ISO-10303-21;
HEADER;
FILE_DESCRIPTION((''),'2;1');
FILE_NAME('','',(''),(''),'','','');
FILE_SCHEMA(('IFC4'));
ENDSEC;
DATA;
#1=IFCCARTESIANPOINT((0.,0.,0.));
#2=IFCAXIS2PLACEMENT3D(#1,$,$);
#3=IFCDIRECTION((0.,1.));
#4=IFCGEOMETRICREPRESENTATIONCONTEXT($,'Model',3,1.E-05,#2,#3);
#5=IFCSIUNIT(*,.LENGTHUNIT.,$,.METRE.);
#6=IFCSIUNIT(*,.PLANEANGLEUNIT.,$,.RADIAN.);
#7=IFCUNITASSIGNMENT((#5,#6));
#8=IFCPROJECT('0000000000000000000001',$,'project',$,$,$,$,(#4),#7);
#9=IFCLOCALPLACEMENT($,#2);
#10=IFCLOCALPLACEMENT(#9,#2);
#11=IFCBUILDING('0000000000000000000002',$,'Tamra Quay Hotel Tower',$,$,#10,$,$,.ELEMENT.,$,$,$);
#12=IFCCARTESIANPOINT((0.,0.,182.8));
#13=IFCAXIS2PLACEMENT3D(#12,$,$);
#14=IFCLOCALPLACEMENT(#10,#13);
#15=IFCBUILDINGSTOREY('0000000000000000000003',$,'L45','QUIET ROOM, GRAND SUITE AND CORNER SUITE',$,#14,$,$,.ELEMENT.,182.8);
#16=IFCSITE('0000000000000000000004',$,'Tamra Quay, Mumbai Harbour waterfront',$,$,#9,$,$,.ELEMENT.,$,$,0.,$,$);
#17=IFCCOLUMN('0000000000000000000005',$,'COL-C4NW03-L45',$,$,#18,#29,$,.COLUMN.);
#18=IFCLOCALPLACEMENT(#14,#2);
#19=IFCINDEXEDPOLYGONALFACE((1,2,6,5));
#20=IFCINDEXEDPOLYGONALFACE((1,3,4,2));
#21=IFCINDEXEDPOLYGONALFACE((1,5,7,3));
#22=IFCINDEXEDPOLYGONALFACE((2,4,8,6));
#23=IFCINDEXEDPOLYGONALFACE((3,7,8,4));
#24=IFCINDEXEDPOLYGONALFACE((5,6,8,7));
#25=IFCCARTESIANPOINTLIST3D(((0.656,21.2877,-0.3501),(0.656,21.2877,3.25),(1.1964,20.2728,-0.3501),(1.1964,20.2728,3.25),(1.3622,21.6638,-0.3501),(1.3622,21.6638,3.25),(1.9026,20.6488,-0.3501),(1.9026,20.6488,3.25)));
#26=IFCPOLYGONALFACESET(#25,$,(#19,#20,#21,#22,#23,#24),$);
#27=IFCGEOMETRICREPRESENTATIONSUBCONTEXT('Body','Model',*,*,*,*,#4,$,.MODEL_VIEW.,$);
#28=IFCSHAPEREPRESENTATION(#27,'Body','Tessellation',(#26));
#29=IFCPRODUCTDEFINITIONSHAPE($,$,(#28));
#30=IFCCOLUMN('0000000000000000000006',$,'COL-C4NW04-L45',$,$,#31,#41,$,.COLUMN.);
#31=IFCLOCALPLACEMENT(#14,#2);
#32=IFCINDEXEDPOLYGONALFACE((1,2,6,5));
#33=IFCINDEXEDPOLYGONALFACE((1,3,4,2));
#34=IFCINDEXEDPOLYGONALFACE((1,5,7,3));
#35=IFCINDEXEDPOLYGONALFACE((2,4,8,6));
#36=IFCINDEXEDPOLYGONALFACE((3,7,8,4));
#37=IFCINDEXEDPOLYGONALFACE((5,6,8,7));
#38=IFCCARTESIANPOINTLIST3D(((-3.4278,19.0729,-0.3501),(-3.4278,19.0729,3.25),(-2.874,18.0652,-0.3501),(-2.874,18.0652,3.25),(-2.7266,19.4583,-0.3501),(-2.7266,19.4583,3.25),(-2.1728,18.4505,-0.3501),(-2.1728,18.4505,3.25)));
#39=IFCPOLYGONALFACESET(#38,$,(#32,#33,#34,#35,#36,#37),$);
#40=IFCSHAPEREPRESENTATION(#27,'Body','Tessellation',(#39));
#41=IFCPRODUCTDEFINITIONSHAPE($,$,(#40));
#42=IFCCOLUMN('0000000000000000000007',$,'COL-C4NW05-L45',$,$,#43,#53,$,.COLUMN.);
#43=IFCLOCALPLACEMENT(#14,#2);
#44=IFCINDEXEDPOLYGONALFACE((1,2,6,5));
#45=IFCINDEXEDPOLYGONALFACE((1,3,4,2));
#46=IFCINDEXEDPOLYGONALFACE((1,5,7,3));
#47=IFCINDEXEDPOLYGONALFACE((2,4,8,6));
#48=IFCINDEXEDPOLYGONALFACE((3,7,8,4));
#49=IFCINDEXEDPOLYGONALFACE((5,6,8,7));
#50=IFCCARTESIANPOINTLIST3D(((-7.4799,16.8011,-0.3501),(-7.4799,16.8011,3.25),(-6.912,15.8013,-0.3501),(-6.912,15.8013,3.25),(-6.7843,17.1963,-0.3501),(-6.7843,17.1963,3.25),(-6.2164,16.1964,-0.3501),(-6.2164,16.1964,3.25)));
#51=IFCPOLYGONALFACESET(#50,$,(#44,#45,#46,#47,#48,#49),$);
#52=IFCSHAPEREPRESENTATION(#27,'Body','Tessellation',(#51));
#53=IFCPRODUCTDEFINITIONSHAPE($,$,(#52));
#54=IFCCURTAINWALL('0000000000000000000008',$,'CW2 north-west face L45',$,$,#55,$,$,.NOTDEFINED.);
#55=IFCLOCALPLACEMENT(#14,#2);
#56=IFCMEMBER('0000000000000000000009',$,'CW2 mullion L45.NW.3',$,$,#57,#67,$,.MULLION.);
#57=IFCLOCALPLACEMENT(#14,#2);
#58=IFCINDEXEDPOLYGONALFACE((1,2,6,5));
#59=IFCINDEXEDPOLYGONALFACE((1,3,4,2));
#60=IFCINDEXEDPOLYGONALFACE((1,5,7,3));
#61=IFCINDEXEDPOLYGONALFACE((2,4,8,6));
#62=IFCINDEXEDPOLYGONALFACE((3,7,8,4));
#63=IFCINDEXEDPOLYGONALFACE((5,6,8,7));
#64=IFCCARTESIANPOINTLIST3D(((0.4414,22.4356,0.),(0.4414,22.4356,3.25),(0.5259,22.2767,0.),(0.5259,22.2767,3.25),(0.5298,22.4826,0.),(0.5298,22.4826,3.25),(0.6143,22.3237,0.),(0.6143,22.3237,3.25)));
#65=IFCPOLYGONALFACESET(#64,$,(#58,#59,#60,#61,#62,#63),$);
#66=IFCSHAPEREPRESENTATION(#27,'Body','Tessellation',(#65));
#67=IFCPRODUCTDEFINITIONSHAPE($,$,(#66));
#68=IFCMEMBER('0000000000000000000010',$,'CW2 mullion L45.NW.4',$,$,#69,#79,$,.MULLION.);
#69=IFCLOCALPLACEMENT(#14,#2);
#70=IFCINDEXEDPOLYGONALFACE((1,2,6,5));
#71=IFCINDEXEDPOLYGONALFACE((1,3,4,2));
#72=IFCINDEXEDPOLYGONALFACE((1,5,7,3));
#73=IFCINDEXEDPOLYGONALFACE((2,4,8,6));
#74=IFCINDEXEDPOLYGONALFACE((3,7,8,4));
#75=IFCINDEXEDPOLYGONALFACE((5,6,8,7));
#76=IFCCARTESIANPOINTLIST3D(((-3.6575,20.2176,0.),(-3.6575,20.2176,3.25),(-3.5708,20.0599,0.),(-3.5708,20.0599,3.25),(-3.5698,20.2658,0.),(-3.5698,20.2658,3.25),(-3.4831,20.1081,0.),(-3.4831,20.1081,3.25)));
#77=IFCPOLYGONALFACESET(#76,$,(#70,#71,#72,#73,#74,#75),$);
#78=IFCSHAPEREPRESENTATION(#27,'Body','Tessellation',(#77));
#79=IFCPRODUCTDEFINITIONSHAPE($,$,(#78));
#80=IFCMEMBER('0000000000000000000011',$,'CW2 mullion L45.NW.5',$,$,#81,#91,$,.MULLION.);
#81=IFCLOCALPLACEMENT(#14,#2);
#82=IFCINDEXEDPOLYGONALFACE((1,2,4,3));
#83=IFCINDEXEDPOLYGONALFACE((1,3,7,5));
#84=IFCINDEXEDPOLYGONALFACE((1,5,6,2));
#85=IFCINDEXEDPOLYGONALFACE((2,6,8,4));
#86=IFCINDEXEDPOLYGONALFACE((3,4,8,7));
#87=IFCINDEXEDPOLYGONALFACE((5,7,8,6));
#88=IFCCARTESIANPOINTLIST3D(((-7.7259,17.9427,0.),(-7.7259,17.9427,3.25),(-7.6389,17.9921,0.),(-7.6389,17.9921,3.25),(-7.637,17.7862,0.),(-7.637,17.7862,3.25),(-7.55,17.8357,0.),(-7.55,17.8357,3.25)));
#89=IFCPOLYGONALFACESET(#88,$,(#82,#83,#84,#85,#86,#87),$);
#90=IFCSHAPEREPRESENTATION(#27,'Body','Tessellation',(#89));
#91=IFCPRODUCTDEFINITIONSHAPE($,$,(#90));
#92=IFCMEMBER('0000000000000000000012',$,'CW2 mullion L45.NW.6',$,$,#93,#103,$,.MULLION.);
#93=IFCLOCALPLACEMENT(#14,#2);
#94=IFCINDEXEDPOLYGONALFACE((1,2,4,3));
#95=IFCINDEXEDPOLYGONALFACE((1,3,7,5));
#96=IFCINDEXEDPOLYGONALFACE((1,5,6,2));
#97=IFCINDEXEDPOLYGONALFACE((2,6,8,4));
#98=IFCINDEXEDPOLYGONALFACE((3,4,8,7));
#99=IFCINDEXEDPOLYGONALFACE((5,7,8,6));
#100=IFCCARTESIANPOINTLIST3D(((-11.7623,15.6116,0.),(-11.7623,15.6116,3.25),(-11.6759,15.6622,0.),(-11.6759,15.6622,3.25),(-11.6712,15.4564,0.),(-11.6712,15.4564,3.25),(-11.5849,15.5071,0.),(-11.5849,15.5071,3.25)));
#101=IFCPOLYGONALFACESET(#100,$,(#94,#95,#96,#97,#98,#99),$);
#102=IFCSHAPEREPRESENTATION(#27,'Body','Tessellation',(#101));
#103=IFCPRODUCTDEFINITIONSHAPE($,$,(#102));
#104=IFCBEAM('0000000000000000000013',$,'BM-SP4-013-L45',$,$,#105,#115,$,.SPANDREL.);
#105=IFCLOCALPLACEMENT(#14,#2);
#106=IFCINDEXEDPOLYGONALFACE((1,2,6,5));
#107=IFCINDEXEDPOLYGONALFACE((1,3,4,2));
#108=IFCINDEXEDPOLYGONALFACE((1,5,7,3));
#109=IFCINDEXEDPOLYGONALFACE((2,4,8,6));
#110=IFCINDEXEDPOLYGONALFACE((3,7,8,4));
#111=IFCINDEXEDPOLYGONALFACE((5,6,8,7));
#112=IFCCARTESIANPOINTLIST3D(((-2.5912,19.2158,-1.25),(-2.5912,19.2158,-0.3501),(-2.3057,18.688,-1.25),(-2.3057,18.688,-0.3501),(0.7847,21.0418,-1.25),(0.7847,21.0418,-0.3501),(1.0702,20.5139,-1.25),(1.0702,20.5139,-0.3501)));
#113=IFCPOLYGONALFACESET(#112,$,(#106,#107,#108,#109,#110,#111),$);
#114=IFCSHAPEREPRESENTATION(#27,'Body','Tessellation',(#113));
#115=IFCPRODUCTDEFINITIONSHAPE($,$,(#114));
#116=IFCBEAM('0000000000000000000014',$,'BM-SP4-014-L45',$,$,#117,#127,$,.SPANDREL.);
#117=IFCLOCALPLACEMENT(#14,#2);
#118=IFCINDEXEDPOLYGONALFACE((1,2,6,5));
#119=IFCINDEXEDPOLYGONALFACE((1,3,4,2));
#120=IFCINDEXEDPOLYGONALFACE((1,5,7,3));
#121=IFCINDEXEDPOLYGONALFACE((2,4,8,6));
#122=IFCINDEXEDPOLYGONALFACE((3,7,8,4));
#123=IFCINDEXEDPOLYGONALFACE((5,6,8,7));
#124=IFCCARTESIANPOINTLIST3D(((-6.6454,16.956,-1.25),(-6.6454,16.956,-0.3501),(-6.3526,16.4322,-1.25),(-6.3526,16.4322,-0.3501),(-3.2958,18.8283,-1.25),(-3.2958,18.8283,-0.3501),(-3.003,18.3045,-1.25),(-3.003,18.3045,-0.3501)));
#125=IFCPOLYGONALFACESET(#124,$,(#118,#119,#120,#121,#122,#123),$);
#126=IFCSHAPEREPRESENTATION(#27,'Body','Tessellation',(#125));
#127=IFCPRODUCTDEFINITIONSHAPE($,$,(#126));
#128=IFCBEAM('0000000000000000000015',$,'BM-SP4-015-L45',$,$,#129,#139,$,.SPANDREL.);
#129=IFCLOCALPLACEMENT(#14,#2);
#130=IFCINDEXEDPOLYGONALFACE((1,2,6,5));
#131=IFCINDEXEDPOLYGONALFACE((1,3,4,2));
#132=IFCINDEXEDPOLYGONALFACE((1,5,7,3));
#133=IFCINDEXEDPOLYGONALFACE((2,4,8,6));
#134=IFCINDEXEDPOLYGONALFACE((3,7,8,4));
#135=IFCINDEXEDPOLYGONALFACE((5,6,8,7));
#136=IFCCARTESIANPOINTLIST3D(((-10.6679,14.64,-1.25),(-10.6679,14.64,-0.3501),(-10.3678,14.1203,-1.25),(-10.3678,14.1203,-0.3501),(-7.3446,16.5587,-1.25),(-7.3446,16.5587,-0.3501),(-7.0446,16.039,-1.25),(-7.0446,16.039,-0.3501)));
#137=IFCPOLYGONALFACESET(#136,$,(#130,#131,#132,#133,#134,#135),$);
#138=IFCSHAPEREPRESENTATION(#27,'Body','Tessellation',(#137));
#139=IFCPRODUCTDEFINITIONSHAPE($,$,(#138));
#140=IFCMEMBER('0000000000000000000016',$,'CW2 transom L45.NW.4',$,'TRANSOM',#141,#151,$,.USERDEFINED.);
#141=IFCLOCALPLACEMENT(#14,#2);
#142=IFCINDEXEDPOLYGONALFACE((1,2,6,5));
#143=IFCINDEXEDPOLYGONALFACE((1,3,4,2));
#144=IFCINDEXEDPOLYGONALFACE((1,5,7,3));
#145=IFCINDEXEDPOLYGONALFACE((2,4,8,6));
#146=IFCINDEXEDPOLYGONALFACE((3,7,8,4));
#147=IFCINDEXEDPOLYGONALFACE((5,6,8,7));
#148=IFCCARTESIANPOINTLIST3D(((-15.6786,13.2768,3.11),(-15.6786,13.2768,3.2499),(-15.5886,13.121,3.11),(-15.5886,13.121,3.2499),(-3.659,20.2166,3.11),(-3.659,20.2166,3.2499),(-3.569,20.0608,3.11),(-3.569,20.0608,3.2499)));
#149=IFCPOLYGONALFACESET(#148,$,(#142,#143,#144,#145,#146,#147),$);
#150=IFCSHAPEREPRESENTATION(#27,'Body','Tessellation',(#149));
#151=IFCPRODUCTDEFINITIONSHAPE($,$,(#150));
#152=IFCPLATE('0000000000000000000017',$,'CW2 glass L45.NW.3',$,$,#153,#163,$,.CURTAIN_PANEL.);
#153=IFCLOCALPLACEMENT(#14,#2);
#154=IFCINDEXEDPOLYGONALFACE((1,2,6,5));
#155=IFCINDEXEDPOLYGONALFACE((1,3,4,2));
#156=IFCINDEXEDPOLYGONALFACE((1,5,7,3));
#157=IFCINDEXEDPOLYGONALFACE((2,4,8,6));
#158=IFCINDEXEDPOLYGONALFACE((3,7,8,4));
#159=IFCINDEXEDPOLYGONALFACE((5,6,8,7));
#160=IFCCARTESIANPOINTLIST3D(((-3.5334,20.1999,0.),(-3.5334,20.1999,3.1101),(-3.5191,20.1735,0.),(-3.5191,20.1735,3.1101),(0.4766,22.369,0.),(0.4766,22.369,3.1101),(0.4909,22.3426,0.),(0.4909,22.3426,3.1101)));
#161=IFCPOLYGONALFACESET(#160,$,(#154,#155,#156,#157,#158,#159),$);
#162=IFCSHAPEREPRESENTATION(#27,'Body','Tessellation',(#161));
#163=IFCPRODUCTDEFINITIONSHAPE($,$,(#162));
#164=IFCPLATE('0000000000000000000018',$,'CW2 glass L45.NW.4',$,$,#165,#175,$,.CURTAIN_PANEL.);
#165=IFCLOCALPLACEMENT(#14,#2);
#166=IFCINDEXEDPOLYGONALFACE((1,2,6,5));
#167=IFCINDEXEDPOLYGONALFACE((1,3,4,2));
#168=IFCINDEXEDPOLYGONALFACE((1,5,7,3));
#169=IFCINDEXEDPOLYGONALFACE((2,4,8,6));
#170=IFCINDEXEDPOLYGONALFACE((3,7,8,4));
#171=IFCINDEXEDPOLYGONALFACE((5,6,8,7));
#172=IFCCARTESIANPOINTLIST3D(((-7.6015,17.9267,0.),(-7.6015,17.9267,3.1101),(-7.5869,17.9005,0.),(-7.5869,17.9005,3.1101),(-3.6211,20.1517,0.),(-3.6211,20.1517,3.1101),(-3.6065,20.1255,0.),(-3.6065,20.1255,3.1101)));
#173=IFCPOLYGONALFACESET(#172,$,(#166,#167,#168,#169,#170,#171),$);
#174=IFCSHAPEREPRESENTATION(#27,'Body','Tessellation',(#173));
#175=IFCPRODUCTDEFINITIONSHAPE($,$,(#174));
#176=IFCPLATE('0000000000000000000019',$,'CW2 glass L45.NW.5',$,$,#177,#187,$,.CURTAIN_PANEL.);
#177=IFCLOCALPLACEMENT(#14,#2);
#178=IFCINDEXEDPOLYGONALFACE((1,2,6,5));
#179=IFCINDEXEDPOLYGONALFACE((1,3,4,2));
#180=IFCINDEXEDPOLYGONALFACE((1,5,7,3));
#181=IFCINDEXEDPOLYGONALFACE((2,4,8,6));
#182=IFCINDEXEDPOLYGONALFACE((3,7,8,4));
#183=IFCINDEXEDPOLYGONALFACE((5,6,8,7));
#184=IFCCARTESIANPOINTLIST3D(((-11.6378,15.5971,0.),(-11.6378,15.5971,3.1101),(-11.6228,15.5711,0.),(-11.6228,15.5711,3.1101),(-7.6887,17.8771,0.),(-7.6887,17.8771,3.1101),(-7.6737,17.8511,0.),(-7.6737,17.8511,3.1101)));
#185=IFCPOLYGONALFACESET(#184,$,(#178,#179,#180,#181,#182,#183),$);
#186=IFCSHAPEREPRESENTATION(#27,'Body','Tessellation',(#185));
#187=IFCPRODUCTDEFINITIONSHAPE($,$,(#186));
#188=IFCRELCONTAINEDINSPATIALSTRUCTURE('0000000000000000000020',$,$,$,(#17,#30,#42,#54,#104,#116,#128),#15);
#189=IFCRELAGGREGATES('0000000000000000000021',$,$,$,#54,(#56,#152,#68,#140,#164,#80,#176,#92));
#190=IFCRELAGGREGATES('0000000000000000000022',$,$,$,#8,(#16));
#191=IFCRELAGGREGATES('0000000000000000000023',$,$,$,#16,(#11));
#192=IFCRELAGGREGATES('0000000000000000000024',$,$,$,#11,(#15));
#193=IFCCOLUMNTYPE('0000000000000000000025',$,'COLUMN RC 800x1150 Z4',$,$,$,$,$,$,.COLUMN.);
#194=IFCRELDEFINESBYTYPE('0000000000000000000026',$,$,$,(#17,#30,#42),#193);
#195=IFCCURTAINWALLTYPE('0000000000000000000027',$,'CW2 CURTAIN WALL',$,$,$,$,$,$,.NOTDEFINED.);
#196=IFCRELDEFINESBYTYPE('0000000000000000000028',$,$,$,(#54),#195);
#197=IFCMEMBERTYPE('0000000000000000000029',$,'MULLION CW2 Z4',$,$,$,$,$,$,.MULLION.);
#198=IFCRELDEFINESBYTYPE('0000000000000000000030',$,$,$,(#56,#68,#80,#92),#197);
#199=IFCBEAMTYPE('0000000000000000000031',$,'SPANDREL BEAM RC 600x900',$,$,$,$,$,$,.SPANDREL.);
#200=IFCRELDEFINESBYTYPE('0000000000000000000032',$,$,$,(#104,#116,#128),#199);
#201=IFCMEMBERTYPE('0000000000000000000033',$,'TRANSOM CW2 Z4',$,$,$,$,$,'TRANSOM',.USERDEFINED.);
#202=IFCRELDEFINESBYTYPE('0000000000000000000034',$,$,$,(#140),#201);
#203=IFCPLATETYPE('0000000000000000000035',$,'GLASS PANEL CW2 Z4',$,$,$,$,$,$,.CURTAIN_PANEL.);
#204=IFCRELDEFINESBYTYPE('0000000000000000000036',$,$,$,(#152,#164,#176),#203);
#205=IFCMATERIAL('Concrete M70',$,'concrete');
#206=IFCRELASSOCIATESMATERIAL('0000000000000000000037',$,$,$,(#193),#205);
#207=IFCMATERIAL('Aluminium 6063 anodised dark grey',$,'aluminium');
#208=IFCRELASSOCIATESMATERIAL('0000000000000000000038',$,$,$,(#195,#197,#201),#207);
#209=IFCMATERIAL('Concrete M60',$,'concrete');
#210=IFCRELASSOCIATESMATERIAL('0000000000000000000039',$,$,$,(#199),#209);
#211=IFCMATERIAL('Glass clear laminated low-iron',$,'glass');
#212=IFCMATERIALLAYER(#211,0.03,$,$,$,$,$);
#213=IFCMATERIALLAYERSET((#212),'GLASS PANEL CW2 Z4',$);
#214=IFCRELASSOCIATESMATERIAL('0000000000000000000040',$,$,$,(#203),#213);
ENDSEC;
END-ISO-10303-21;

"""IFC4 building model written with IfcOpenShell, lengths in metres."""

from ifc_helpers import new_model, si_unit, direction, frame, origin, origin_2d, place, context, subcontext, project, spatial, rectangle, extrude, material, layer, layer_set, material_profile, profile_set, type_object, element, aggregate, save


model = new_model("IFC4")

# Units and contexts
model_context = context("Model", 3, precision=1e-05, world=origin(), true_north=direction((0.0, 1.0)))
body_context = subcontext(model_context, "Body", "Model", "MODEL_VIEW")
ifc_project = project(units=[si_unit("LENGTHUNIT", "METRE"), si_unit("PLANEANGLEUNIT", "RADIAN")], contexts=[model_context])

# Site, building, storey
site_placement = place(None, origin())
site = spatial("IfcSite", under=ifc_project, at=site_placement, Name="Tamra Quay, Mumbai Harbour waterfront", CompositionType="ELEMENT", RefElevation=0.0)
building_placement = place(site_placement, origin())
building = spatial("IfcBuilding", under=site, at=building_placement, Name="Tamra Quay Hotel Tower", CompositionType="ELEMENT")
storey_placement = place(building_placement, frame((0.0, 0.0, 182.8)))
storey = spatial("IfcBuildingStorey", under=building, at=storey_placement, Name="L45", Description="QUIET ROOM, GRAND SUITE AND CORNER SUITE", CompositionType="ELEMENT", Elevation=182.8)

# Columns
ifc_material_1 = material(Name="Concrete M70", Category="concrete")
ifc_material_profile_1 = material_profile(ifc_material_1, rectangle(XDim=1.1499, YDim=0.8, at=origin_2d()), Name="COLUMN RC 800x1150 Z4")
ifc_profile_set_1 = profile_set([ifc_material_profile_1], Name="Concrete M70")
column_type = type_object("IfcColumnType", Name="COLUMN RC 800x1150 Z4", PredefinedType="COLUMN", material=ifc_profile_set_1)
for number, where, z_axis, x_axis, name in (
    (1, (1.2793, 20.9683, -0.3501), (0.0, 0.0, 1.0), (-0.470002, 0.882666, 0.0), "COL-C4NW03-L45"),
    (2, (-2.8003, 18.7617, -0.3501), (0.0, 0.0, 1.0), (-0.481602, 0.87639, 0.0), "COL-C4NW04-L45"),
    (3, (-6.8481, 16.4988, -0.3501), (0.0, 0.0, 1.0), (-0.49389, 0.869524, 0.0), "COL-C4NW05-L45"),
):
    element("IfcColumn", number, at=place(storey_placement, frame(where, z_axis=z_axis, x_axis=x_axis)), inside=storey, type_object=column_type, Name=name, PredefinedType="COLUMN", context=body_context, shape_type="SweptSolid", body=[
        extrude(rectangle(XDim=1.1499, YDim=0.8, at=origin_2d()), origin(), (0.0, 0.0, 1.0), 3.6001),
    ])

# Curtain wall, members
ifc_material_2 = material(Name="Aluminium 6063 anodised dark grey", Category="aluminium")
curtain_wall_type = type_object("IfcCurtainWallType", Name="CW2 CURTAIN WALL", PredefinedType="NOTDEFINED", material=ifc_material_2)
curtain_wall_placement = place(storey_placement, origin())
curtain_wall = element("IfcCurtainWall", 4, at=curtain_wall_placement, inside=storey, type_object=curtain_wall_type, Name="CW2 north-west face L45", PredefinedType="NOTDEFINED")
ifc_material_profile_2 = material_profile(ifc_material_2, rectangle(XDim=0.1799, YDim=0.1001, at=origin_2d()), Name="MULLION 100X180")
ifc_profile_set_2 = profile_set([ifc_material_profile_2], Name="Aluminium 6063 anodised dark grey")
member_type_1 = type_object("IfcMemberType", Name="MULLION CW2 Z4", PredefinedType="MULLION", material=ifc_profile_set_2)
member_1_placement = place(storey_placement, frame((0.5278, 22.3796, 0.0), z_axis=(0.0, 0.0, 1.0), x_axis=(-0.469668, 0.882843, 0.0)))
member_1 = element("IfcMember", 5, at=member_1_placement, type_object=member_type_1, Name="CW2 mullion L45.NW.3", PredefinedType="MULLION", context=body_context, shape_type="SweptSolid", body=[
    extrude(rectangle(XDim=0.1799, YDim=0.1001, at=origin_2d()), origin(), (0.0, 0.0, 1.0), 3.25),
])
member_2_placement = place(storey_placement, frame((-3.5703, 20.1628, 0.0), z_axis=(0.0, 0.0, 1.0), x_axis=(-0.481861, 0.876248, 0.0)))
member_2 = element("IfcMember", 6, at=member_2_placement, type_object=member_type_1, Name="CW2 mullion L45.NW.4", PredefinedType="MULLION", context=body_context, shape_type="SweptSolid", body=[
    extrude(rectangle(XDim=0.1799, YDim=0.1001, at=origin_2d()), origin(), (0.0, 0.0, 1.0), 3.25),
])
member_3_placement = place(storey_placement, frame((-7.6379, 17.8892, 0.0), z_axis=(0.0, 0.0, 1.0), x_axis=(-0.493975, 0.869476, 0.0)))
member_3 = element("IfcMember", 7, at=member_3_placement, type_object=member_type_1, Name="CW2 mullion L45.NW.5", PredefinedType="MULLION", context=body_context, shape_type="SweptSolid", body=[
    extrude(rectangle(XDim=0.1799, YDim=0.1001, at=origin_2d()), origin(), (0.0, 0.0, 1.0), 3.25),
])
member_4_placement = place(storey_placement, frame((-11.6736, 15.5593, 0.0), z_axis=(0.0, 0.0, 1.0), x_axis=(-0.506001, 0.862533, 0.0)))
member_4 = element("IfcMember", 8, at=member_4_placement, type_object=member_type_1, Name="CW2 mullion L45.NW.6", PredefinedType="MULLION", context=body_context, shape_type="SweptSolid", body=[
    extrude(rectangle(XDim=0.1799, YDim=0.1001, at=origin_2d()), origin(), (0.0, 0.0, 1.0), 3.25),
])

# Beams
ifc_material_3 = material(Name="Concrete M60", Category="concrete")
ifc_material_profile_3 = material_profile(ifc_material_3, rectangle(XDim=0.6001, YDim=0.8999, at=origin_2d()), Name="SPANDREL BEAM RC 600x900")
ifc_profile_set_3 = profile_set([ifc_material_profile_3], Name="Concrete M60")
beam_type = type_object("IfcBeamType", Name="SPANDREL BEAM RC 600x900", PredefinedType="SPANDREL", material=ifc_profile_set_3)
beam_placement = place(storey_placement, frame((0.9275, 20.7778, -0.8), z_axis=(-0.879589, -0.475734, 0.0), x_axis=(0.475734, -0.879589, 0.0)))
element("IfcBeam", 9, at=beam_placement, inside=storey, type_object=beam_type, Name="BM-SP4-013-L45", PredefinedType="SPANDREL", context=body_context, shape_type="SweptSolid", body=[
    extrude(rectangle(XDim=0.6001, YDim=0.8999, at=origin_2d()), origin(), (0.0, 0.0, 1.0), 3.8381),
])
for number, where, z_axis, x_axis, name in (
    (10, (-3.1494, 18.5664, -0.8), (-0.872891, -0.487915, 0.0), (0.487915, -0.872891, 0.0), "BM-SP4-014-L45"),
    (11, (-7.1946, 16.2988, -0.8), (-0.866022, -0.500005, 0.0), (0.500005, -0.866022, 0.0), "BM-SP4-015-L45"),
):
    element("IfcBeam", number, at=place(storey_placement, frame(where, z_axis=z_axis, x_axis=x_axis)), inside=storey, type_object=beam_type, Name=name, PredefinedType="SPANDREL", context=body_context, shape_type="SweptSolid", body=[
        extrude(rectangle(XDim=0.6001, YDim=0.8999, at=origin_2d()), origin(), (0.0, 0.0, 1.0), 3.8374),
    ])

# Member
ifc_material_profile_4 = material_profile(ifc_material_2, rectangle(XDim=0.1799, YDim=0.1399, at=origin_2d()), Name="TRANSOM 180X140")
ifc_profile_set_4 = profile_set([ifc_material_profile_4], Name="Aluminium 6063 anodised dark grey")
member_type_2 = type_object("IfcMemberType", Name="TRANSOM CW2 Z4", ElementType="TRANSOM", PredefinedType="USERDEFINED", material=ifc_profile_set_4)
member_5_placement = place(storey_placement, frame((-3.614, 20.1387, 3.1799), z_axis=(-0.866019, -0.500012, 0.0), x_axis=(0.500012, -0.866019, 0.0)))
member_5 = element("IfcMember", 12, at=member_5_placement, type_object=member_type_2, Name="CW2 transom L45.NW.4", ObjectType="TRANSOM", PredefinedType="USERDEFINED", context=body_context, shape_type="SweptSolid", body=[
    extrude(rectangle(XDim=0.1799, YDim=0.1399, at=origin_2d()), origin(), (0.0, 0.0, 1.0), 13.8792),
])

# Plates
ifc_material_4 = material(Name="Glass clear laminated low-iron", Category="glass")
ifc_layer_1 = layer(ifc_material_4, 0.03)
ifc_layer_set_1 = layer_set([ifc_layer_1], Name="GLASS PANEL CW2 Z4")
plate_type = type_object("IfcPlateType", Name="GLASS PANEL CW2 Z4", PredefinedType="CURTAIN_PANEL", material=ifc_layer_set_1)
plate_1_placement = place(storey_placement, frame((-1.5212, 21.2712, 0.0), z_axis=(0.0, 0.0, 1.0), x_axis=(-0.879569, -0.475772, 0.0)))
plate_1 = element("IfcPlate", 13, at=plate_1_placement, type_object=plate_type, Name="CW2 glass L45.NW.3", PredefinedType="CURTAIN_PANEL", context=body_context, shape_type="SweptSolid", body=[
    extrude(rectangle(XDim=4.5591, YDim=0.03, at=origin_2d()), origin(), (0.0, 0.0, 1.0), 3.1101),
])
plate_2_placement = place(storey_placement, frame((-5.604, 19.0261, 0.0), z_axis=(0.0, 0.0, 1.0), x_axis=(-0.872885, -0.487926, 0.0)))
plate_2 = element("IfcPlate", 14, at=plate_2_placement, type_object=plate_type, Name="CW2 glass L45.NW.4", PredefinedType="CURTAIN_PANEL", context=body_context, shape_type="SweptSolid", body=[
    extrude(rectangle(XDim=4.5601, YDim=0.03, at=origin_2d()), origin(), (0.0, 0.0, 1.0), 3.1101),
])
plate_3_placement = place(storey_placement, frame((-9.6558, 16.7241, 0.0), z_axis=(0.0, 0.0, 1.0), x_axis=(-0.866025, -0.5, 0.0)))
plate_3 = element("IfcPlate", 15, at=plate_3_placement, type_object=plate_type, Name="CW2 glass L45.NW.5", PredefinedType="CURTAIN_PANEL", context=body_context, shape_type="SweptSolid", body=[
    extrude(rectangle(XDim=4.5601, YDim=0.03, at=origin_2d()), origin(), (0.0, 0.0, 1.0), 3.1101),
])
aggregate(curtain_wall, [member_1, plate_1, member_2, member_5, plate_2, member_3, plate_3, member_4])

save(model, "model.ifc")
